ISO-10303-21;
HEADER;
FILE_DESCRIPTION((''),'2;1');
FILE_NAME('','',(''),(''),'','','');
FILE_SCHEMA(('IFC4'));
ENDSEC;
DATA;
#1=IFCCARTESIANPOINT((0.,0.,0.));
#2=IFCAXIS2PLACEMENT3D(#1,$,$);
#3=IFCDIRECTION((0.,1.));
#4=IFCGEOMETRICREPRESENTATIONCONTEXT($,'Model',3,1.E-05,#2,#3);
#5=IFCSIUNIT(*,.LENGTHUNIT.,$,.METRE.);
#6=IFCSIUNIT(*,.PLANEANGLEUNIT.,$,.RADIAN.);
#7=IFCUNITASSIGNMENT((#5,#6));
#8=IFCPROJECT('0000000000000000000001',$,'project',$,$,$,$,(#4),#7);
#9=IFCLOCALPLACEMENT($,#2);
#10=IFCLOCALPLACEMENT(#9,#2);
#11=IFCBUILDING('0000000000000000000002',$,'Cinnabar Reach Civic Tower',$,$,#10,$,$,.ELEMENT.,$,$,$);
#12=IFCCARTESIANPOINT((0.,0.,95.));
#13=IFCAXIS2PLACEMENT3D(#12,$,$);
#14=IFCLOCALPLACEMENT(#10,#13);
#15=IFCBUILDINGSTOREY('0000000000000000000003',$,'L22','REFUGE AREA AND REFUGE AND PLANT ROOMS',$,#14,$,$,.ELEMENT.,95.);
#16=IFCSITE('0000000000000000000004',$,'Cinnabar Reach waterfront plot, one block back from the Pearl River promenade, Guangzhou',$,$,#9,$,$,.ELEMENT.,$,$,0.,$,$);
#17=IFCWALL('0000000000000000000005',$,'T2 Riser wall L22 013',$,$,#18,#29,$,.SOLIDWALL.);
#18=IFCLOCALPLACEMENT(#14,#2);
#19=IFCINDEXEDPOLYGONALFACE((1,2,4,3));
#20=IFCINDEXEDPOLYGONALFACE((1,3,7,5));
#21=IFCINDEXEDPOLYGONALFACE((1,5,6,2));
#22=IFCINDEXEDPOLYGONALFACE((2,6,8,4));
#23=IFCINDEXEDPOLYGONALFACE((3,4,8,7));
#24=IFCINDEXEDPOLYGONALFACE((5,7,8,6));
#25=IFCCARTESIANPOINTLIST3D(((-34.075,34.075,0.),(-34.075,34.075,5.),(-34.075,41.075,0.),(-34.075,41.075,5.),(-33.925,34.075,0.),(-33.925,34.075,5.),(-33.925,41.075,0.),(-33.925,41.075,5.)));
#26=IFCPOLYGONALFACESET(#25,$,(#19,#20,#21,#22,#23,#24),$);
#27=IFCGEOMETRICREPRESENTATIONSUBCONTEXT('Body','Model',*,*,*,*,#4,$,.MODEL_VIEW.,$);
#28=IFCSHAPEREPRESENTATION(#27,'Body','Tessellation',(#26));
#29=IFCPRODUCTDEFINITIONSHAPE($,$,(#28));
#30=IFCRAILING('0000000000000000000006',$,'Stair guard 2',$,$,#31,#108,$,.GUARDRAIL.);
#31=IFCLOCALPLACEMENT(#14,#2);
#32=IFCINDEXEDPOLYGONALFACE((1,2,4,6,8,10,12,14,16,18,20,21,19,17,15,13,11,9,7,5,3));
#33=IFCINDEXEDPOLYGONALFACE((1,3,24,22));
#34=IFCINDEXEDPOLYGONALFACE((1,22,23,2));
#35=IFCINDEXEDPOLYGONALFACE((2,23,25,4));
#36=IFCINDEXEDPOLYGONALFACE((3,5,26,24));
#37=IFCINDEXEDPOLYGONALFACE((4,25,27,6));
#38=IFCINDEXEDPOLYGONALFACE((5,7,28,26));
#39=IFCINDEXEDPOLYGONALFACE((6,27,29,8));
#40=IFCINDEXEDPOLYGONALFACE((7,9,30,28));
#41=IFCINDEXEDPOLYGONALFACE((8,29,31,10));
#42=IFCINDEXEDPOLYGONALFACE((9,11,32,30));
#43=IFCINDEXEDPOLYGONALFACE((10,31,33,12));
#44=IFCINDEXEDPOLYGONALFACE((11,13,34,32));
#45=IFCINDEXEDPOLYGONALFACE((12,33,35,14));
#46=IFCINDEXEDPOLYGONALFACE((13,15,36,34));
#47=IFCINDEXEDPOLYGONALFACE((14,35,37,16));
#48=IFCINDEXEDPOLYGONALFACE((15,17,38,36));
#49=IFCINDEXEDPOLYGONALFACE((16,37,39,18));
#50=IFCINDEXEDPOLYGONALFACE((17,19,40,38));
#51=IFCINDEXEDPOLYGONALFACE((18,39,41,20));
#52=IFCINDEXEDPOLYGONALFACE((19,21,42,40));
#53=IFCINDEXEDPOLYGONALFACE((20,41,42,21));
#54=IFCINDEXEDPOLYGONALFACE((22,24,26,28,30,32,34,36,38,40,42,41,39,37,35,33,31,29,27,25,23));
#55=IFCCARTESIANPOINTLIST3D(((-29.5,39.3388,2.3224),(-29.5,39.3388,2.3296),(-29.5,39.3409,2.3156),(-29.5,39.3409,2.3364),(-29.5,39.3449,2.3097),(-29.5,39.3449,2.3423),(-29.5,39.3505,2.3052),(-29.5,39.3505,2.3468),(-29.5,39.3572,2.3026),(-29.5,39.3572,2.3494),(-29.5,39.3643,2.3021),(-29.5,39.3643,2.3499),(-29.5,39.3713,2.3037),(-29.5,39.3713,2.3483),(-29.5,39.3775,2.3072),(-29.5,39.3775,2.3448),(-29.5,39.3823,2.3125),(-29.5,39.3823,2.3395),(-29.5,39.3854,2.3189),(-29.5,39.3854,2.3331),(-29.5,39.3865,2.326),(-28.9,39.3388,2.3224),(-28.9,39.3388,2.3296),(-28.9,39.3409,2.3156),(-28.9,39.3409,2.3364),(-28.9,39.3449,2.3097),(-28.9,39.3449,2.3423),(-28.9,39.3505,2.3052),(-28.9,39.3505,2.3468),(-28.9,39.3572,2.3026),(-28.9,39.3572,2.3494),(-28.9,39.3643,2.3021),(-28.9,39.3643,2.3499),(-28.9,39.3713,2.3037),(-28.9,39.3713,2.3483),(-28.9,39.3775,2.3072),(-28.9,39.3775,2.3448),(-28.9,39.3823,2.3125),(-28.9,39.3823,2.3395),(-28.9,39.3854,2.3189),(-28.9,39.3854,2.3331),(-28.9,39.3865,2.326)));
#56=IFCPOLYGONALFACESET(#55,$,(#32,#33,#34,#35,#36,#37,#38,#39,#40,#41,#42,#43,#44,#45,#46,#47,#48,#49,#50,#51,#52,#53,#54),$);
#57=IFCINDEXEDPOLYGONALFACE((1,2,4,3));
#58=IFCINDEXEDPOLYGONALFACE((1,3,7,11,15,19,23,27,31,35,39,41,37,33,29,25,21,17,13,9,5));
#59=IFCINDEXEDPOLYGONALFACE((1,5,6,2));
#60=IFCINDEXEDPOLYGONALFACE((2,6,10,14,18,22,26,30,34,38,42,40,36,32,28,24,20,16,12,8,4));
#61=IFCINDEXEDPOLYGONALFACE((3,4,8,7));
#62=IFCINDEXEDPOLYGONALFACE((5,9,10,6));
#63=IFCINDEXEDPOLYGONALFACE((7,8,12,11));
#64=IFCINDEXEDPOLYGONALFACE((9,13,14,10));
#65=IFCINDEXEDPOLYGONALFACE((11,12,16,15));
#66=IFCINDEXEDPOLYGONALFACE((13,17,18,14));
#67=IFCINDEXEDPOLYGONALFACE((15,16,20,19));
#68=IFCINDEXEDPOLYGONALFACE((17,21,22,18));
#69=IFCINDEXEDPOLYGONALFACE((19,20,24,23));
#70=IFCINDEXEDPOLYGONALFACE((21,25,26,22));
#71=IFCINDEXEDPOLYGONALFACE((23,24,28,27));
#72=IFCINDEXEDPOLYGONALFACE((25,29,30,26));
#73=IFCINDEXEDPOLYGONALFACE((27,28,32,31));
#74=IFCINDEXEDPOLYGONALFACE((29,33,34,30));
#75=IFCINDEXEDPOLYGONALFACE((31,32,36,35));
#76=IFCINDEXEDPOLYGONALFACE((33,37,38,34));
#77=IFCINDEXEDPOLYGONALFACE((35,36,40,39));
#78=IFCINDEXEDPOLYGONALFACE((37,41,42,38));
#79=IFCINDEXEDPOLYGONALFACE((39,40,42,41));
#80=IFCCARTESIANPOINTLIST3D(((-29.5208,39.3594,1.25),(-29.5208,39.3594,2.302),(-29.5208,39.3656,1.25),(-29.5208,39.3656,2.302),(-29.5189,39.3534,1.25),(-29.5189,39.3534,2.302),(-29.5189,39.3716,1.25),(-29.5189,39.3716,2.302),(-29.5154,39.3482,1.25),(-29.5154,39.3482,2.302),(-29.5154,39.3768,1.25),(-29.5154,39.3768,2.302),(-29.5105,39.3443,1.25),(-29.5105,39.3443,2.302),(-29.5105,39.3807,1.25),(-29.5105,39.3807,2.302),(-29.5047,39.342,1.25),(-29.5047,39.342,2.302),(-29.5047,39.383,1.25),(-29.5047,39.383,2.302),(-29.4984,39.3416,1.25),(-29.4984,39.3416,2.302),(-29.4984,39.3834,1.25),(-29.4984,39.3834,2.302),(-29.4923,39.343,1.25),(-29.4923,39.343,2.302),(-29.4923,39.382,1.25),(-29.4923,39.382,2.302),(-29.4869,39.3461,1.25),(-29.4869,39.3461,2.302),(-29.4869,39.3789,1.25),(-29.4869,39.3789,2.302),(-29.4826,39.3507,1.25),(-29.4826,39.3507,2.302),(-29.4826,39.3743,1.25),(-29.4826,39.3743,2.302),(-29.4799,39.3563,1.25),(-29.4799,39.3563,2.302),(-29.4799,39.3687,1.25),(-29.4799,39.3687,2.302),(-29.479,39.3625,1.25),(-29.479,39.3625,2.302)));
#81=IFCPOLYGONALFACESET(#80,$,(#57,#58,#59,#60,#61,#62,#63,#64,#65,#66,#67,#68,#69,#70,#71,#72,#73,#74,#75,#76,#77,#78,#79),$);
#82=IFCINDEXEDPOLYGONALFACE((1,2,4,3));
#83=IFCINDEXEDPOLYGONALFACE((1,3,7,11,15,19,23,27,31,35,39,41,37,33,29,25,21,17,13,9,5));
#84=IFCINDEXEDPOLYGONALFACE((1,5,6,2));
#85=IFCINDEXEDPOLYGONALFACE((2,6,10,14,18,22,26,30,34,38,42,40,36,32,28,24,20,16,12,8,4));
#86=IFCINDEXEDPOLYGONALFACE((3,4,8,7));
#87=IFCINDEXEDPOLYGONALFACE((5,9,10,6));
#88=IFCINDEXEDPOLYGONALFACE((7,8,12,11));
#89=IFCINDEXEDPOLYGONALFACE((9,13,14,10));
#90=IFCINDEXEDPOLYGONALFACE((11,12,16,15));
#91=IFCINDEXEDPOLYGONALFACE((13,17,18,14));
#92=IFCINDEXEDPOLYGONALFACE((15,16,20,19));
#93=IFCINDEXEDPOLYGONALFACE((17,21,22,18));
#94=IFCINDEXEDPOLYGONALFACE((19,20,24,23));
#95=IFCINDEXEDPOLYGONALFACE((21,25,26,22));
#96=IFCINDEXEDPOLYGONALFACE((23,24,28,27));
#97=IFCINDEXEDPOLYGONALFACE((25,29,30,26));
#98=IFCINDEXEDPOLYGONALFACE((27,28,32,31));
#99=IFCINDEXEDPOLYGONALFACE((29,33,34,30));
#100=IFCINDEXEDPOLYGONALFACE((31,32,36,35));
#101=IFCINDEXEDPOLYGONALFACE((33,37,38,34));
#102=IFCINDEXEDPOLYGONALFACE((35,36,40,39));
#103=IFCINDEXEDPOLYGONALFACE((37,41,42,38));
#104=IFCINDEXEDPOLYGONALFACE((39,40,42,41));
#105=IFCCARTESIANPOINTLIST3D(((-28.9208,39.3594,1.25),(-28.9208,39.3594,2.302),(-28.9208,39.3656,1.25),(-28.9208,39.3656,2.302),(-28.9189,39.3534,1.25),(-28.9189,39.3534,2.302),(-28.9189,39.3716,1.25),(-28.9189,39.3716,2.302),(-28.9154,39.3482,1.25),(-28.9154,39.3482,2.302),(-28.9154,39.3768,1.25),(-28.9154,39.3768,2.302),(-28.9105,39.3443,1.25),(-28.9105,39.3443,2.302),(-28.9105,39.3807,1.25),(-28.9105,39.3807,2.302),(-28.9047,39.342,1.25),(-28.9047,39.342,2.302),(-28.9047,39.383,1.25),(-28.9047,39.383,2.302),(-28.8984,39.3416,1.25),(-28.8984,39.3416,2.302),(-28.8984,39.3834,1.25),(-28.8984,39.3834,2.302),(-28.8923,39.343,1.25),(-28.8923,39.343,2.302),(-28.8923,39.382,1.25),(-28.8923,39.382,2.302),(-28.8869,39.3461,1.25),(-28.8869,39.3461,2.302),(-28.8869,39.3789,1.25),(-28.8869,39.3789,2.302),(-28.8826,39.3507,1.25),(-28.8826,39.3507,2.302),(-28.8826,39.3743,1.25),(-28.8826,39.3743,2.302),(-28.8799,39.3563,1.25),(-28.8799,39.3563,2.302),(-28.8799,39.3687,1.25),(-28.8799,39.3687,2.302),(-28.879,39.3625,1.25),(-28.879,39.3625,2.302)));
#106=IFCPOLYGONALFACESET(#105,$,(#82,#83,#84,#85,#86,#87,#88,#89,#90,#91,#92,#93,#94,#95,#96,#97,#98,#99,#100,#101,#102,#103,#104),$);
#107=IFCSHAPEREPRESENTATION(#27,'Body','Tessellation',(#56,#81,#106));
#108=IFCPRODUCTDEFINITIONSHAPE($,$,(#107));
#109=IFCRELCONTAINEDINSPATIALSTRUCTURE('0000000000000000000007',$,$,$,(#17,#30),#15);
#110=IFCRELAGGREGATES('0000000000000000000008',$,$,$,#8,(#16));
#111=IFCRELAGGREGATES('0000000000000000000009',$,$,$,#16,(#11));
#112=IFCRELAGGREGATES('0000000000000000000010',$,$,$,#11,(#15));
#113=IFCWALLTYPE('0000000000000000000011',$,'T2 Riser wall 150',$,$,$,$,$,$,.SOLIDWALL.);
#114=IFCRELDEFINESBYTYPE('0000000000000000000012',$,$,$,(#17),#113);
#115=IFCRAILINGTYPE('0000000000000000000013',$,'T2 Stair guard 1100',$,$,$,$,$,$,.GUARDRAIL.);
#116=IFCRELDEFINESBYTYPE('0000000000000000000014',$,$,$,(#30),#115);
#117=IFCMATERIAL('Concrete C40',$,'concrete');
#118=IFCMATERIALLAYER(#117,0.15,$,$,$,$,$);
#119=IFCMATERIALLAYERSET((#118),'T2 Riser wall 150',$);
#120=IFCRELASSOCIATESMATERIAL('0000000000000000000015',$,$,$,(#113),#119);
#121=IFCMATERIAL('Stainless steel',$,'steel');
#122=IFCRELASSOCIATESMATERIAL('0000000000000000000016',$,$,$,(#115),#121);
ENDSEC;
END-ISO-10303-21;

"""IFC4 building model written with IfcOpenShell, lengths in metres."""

from ifc_helpers import new_model, si_unit, direction, frame, frame_2d, origin, origin_2d, place, context, subcontext, project, spatial, rectangle, circle, extrude, material, layer, layer_set, type_object, element, save


model = new_model("IFC4")

# Units and contexts
model_context = context("Model", 3, precision=1e-05, world=origin(), true_north=direction((0.0, 1.0)))
body_context = subcontext(model_context, "Body", "Model", "MODEL_VIEW")
ifc_project = project(units=[si_unit("LENGTHUNIT", "METRE"), si_unit("PLANEANGLEUNIT", "RADIAN")], contexts=[model_context])

# Site, building, storey
site_placement = place(None, origin())
site = spatial("IfcSite", under=ifc_project, at=site_placement, Name="Cinnabar Reach waterfront plot, one block back from the Pearl River promenade, Guangzhou", CompositionType="ELEMENT", RefElevation=0.0)
building_placement = place(site_placement, origin())
building = spatial("IfcBuilding", under=site, at=building_placement, Name="Cinnabar Reach Civic Tower", CompositionType="ELEMENT")
storey_placement = place(building_placement, frame((0.0, 0.0, 95.0)))
storey = spatial("IfcBuildingStorey", under=building, at=storey_placement, Name="L22", Description="REFUGE AREA AND REFUGE AND PLANT ROOMS", CompositionType="ELEMENT", Elevation=95.0)

# Wall
ifc_material_1 = material(Name="Concrete C40", Category="concrete")
ifc_layer_1 = layer(ifc_material_1, 0.15)
ifc_layer_set_1 = layer_set([ifc_layer_1], Name="T2 Riser wall 150")
wall_type_1 = type_object("IfcWallType", Name="T2 Riser wall 150", PredefinedType="SOLIDWALL", material=ifc_layer_set_1)
wall_1_placement = place(storey_placement, frame((-34.0, 41.075, 0.0), z_axis=(0.0, 0.0, 1.0), x_axis=(0.0, -1.0, 0.0)))
element("IfcWall", 1, at=wall_1_placement, inside=storey, type_object=wall_type_1, Name="T2 Riser wall L22 013", PredefinedType="SOLIDWALL", context=body_context, shape_type="SweptSolid", body=[
    extrude(rectangle(XDim=7.0, YDim=0.15, at=frame_2d((3.5, 0.0))), origin(), (0.0, 0.0, 1.0), 5.0),
])

# Railing
ifc_material_2 = material(Name="Stainless steel", Category="steel")
railing_type = type_object("IfcRailingType", Name="T2 Stair guard 1100", PredefinedType="GUARDRAIL", material=ifc_material_2)
railing_1_placement = place(storey_placement, frame((-29.5, 39.3625, 1.25)))
element("IfcRailing", 2, at=railing_1_placement, inside=storey, type_object=railing_type, Name="Stair guard 2", PredefinedType="GUARDRAIL", context=body_context, shape_type="SweptSolid", body=[
    extrude(circle(Radius=0.024, at=origin_2d()), frame((0.0, 0.0, 1.076), z_axis=(1.0, 0.0, 0.0), x_axis=(0.0, 1.0, 0.0)), (0.0, 0.0, 1.0), 0.6),
    extrude(circle(Radius=0.021, at=origin_2d()), origin(), (0.0, 0.0, 1.0), 1.052),
    extrude(circle(Radius=0.021, at=origin_2d()), frame((0.6, 0.0, 0.0)), (0.0, 0.0, 1.0), 1.052),
])

save(model, "model.ifc")
